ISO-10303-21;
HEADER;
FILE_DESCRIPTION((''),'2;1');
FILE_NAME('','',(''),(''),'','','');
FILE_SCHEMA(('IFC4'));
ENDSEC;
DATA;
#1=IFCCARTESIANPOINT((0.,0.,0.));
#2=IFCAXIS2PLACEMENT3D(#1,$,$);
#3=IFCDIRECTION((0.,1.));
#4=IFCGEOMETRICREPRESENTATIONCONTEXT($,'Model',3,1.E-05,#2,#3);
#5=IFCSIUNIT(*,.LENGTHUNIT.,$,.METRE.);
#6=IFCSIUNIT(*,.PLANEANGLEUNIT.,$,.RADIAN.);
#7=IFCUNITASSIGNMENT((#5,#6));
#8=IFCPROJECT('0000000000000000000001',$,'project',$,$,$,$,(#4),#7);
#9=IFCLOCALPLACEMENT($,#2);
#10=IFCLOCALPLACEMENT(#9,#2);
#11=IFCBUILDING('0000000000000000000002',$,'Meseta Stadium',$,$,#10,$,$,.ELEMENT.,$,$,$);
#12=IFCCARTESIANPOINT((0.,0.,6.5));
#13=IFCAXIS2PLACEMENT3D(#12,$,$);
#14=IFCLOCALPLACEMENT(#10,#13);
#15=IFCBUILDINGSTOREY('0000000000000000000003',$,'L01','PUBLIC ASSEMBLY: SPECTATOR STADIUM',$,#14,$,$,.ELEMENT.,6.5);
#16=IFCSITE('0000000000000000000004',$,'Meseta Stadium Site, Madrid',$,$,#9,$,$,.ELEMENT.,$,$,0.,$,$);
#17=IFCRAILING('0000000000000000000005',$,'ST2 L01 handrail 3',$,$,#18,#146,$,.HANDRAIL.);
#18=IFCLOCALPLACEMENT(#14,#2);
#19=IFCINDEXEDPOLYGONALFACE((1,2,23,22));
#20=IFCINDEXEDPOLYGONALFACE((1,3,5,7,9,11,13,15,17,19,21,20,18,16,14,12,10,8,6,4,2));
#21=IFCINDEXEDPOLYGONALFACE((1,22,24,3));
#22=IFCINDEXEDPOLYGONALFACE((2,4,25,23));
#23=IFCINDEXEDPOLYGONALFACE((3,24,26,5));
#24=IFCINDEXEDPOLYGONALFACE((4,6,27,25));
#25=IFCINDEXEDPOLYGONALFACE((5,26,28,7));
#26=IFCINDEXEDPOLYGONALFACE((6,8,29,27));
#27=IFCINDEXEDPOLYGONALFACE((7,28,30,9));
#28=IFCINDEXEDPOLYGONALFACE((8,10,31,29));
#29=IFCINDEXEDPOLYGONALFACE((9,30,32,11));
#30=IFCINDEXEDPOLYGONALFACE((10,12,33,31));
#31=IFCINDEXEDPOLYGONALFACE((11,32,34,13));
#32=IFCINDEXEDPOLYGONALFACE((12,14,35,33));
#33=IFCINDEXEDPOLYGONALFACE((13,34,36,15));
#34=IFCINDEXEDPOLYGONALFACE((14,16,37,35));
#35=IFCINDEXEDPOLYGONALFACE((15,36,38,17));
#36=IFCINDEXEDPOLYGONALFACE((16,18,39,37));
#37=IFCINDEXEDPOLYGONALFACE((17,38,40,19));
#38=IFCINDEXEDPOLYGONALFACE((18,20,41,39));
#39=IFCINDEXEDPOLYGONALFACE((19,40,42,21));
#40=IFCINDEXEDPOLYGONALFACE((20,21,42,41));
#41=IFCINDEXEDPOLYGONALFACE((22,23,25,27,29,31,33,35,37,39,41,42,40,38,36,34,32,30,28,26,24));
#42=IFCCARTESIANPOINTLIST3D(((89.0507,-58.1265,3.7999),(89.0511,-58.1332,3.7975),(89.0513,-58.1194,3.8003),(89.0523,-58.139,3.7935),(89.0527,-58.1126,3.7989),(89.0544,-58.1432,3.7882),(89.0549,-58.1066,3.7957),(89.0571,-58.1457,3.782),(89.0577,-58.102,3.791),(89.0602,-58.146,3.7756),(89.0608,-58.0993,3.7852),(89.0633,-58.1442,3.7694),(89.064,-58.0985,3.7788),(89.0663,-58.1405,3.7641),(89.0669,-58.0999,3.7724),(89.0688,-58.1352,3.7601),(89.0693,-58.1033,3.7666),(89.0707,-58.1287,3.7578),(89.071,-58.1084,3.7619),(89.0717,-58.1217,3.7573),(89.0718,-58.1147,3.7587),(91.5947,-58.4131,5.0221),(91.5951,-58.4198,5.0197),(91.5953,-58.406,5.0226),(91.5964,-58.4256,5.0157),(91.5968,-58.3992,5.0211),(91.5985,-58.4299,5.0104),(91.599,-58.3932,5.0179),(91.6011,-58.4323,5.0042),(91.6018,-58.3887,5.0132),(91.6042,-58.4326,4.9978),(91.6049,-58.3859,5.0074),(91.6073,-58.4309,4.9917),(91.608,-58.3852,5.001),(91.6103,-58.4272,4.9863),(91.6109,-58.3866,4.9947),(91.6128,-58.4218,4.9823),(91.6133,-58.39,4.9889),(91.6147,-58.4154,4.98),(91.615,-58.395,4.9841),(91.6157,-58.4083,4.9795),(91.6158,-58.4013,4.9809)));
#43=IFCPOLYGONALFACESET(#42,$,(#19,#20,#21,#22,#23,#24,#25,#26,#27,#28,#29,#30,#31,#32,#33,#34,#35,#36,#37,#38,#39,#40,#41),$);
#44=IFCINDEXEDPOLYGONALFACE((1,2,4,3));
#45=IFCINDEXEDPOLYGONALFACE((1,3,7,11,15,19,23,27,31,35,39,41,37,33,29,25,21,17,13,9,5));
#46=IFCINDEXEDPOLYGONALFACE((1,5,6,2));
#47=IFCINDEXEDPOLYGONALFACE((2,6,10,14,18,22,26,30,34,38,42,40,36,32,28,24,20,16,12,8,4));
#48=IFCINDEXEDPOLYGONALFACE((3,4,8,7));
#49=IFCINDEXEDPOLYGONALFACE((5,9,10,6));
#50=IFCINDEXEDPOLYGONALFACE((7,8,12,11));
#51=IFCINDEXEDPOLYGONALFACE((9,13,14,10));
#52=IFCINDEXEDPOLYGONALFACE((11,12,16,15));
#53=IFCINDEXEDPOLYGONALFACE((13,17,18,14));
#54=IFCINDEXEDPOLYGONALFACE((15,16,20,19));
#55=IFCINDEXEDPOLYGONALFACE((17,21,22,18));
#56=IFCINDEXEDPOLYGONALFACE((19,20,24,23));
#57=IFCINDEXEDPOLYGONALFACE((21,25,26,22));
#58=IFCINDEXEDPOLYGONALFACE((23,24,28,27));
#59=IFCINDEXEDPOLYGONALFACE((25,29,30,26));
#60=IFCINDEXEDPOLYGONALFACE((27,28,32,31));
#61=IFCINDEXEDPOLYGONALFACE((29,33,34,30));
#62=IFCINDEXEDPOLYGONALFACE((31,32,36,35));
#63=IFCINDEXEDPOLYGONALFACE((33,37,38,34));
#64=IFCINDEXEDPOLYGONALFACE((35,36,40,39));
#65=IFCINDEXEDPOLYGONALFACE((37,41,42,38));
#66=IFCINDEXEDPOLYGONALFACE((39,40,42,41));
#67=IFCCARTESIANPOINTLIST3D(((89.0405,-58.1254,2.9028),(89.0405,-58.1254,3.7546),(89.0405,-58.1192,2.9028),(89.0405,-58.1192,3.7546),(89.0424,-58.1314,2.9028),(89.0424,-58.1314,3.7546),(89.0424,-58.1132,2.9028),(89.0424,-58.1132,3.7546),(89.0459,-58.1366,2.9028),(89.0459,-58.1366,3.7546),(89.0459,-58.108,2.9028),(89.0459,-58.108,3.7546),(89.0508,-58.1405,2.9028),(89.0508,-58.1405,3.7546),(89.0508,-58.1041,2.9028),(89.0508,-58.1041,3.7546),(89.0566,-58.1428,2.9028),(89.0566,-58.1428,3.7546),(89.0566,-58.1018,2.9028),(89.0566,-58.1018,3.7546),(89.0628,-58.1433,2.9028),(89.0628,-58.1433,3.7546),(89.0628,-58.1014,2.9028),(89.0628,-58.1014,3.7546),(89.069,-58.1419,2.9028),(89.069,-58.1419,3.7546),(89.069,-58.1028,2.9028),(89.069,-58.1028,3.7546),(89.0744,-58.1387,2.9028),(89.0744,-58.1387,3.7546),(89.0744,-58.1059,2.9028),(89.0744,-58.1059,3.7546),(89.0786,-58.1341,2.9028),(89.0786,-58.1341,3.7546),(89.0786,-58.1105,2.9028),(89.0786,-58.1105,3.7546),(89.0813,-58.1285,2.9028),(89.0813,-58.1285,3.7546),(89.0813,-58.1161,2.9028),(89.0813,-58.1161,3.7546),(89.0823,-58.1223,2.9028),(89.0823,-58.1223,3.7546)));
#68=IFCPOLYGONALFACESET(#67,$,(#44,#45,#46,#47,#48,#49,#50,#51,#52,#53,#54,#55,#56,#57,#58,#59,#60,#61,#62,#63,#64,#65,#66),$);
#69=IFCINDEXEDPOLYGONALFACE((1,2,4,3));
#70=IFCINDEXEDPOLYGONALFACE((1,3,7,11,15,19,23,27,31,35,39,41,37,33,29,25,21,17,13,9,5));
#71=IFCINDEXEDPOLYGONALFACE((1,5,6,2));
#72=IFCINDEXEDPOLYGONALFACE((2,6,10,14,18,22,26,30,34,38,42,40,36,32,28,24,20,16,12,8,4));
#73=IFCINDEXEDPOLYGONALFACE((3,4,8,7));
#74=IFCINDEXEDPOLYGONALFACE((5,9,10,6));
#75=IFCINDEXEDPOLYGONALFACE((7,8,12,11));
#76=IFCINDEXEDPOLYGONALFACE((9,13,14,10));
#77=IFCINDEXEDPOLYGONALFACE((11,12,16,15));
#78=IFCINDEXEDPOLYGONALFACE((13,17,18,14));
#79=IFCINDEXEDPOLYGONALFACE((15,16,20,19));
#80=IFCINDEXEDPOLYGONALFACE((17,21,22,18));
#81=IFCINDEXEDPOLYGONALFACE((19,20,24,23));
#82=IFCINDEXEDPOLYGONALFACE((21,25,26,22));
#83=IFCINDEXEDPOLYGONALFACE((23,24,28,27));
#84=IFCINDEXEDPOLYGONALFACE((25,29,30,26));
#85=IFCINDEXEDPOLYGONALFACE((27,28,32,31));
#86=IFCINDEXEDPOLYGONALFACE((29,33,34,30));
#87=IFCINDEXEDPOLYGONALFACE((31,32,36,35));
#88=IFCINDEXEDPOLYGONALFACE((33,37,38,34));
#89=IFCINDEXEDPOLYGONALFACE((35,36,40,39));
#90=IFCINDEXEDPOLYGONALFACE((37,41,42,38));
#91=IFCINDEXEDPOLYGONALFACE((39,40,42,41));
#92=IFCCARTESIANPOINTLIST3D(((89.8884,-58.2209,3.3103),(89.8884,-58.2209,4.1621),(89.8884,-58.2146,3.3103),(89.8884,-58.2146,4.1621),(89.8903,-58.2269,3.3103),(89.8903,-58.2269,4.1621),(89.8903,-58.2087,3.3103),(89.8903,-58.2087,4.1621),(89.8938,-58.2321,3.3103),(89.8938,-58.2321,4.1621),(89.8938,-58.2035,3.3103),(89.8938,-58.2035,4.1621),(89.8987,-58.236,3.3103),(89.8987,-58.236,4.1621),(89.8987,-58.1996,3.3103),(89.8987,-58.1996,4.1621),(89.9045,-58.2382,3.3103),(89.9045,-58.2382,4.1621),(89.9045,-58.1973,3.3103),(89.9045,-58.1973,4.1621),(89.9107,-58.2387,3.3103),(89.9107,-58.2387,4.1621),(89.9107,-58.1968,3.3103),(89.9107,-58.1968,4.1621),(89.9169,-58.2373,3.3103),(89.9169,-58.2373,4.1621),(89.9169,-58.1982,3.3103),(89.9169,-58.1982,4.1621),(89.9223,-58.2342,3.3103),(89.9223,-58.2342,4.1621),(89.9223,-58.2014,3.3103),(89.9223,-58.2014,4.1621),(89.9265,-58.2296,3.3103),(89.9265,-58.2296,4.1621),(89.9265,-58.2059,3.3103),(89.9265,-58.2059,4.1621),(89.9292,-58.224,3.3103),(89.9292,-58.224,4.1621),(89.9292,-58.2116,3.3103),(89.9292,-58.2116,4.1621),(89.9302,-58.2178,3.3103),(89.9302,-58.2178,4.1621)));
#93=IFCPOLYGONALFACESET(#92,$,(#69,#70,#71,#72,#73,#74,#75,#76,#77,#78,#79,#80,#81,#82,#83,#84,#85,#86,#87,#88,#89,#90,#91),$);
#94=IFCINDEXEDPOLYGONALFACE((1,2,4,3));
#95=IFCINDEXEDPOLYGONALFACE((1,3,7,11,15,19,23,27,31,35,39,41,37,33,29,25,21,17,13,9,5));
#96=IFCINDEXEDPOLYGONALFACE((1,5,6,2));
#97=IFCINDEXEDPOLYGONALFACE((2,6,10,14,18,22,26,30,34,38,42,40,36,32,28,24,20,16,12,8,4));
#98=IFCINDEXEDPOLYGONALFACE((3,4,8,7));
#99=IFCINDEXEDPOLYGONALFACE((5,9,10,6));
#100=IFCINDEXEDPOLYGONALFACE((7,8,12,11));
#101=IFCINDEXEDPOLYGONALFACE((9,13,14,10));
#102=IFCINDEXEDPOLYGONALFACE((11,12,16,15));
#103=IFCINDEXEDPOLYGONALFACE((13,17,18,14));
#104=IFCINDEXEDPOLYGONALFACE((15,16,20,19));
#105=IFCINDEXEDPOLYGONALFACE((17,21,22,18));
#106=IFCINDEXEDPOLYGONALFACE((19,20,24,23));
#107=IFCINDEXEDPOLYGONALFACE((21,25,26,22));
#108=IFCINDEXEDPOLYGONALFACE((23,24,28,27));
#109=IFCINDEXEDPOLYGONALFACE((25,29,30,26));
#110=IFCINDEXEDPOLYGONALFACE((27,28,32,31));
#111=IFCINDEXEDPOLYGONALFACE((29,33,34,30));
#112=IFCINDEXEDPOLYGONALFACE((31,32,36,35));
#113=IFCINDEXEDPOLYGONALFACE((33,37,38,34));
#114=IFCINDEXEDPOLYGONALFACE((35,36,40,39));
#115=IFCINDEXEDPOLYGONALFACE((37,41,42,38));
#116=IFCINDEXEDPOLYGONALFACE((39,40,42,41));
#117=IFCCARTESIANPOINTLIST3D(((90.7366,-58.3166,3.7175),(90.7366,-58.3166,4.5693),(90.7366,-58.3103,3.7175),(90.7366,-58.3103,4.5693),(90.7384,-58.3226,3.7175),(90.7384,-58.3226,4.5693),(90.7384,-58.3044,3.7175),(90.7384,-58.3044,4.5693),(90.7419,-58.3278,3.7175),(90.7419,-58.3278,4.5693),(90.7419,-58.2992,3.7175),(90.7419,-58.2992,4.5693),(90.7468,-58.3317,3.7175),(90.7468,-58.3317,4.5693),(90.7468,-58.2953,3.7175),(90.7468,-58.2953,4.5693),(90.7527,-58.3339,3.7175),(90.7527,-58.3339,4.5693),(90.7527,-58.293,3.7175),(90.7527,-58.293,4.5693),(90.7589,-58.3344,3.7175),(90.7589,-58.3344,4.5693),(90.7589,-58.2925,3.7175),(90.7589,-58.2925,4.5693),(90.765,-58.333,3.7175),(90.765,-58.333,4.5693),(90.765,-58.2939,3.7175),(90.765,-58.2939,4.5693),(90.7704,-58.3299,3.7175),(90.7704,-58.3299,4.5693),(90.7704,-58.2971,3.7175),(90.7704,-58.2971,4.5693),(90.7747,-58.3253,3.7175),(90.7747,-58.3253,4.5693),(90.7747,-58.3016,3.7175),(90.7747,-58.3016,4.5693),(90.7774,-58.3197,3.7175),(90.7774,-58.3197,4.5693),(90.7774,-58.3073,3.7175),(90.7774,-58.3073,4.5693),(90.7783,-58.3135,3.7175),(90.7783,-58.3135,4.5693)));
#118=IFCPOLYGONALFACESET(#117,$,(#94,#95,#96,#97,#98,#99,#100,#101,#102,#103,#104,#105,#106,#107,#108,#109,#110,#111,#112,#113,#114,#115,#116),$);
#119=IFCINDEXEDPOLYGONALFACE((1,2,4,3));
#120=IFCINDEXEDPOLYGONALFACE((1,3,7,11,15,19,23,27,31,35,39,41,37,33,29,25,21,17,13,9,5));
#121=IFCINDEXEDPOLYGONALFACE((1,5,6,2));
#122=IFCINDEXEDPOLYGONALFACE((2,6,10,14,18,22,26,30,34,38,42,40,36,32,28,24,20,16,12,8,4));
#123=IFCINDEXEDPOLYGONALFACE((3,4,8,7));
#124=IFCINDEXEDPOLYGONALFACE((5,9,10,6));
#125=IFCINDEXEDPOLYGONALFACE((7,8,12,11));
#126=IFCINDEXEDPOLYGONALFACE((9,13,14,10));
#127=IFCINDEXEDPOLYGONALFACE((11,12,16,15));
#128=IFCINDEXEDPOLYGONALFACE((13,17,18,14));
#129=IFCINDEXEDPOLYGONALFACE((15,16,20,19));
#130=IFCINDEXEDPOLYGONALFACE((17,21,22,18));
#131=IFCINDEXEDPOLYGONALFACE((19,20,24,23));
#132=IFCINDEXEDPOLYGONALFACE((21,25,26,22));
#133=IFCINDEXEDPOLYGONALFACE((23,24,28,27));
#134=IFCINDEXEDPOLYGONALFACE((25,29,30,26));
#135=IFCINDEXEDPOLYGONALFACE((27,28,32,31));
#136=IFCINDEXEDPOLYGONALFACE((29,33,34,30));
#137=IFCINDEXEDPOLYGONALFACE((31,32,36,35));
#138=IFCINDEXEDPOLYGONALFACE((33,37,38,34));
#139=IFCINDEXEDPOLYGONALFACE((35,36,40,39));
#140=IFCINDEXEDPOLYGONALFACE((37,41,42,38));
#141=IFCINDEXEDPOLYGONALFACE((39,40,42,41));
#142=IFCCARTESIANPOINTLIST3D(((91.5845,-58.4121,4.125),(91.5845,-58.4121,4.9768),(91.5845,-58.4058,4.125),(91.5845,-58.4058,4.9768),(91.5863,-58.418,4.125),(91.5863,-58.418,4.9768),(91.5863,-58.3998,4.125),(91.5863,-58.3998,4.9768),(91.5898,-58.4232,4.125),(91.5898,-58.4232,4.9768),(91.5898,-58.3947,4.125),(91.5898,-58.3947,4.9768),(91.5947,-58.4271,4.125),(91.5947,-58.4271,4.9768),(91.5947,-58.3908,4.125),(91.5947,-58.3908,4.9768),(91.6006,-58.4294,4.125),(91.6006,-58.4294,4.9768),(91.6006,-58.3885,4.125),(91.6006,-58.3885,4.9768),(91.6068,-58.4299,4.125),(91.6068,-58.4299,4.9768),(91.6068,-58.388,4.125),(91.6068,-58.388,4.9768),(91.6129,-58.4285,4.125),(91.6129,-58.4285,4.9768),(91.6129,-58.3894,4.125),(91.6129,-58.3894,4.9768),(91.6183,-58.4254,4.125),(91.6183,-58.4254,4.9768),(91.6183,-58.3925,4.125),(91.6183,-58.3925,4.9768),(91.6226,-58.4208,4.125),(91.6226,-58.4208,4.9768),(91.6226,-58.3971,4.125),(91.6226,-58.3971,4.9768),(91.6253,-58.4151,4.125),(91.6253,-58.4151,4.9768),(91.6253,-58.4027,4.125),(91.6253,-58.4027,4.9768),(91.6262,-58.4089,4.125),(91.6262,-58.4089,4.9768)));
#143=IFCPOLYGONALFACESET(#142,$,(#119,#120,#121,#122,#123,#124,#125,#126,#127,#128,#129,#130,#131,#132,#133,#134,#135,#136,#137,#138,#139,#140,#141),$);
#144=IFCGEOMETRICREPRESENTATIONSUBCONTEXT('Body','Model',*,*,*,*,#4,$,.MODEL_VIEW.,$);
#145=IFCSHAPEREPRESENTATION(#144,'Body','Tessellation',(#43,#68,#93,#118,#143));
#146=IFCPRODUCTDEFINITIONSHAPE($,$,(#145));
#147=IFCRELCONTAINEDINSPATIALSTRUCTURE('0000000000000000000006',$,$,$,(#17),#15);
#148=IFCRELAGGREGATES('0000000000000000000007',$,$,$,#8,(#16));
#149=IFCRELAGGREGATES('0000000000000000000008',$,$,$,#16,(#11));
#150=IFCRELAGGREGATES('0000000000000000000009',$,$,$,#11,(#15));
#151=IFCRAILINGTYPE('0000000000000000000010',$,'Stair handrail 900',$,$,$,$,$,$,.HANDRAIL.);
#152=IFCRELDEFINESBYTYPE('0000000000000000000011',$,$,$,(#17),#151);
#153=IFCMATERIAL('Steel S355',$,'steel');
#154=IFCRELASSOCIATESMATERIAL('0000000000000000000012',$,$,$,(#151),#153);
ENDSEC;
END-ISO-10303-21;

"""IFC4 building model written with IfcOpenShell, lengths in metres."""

from ifc_helpers import new_model, si_unit, direction, frame, origin, origin_2d, place, context, subcontext, project, spatial, circle, extrude, material, type_object, element, save


model = new_model("IFC4")

# Units and contexts
model_context = context("Model", 3, precision=1e-05, world=origin(), true_north=direction((0.0, 1.0)))
body_context = subcontext(model_context, "Body", "Model", "MODEL_VIEW")
ifc_project = project(units=[si_unit("LENGTHUNIT", "METRE"), si_unit("PLANEANGLEUNIT", "RADIAN")], contexts=[model_context])

# Site, building, storey
site_placement = place(None, origin())
site = spatial("IfcSite", under=ifc_project, at=site_placement, Name="Meseta Stadium Site, Madrid", CompositionType="ELEMENT", RefElevation=0.0)
building_placement = place(site_placement, origin())
building = spatial("IfcBuilding", under=site, at=building_placement, Name="Meseta Stadium", CompositionType="ELEMENT")
storey_placement = place(building_placement, frame((0.0, 0.0, 6.5)))
storey = spatial("IfcBuildingStorey", under=building, at=storey_placement, Name="L01", Description="PUBLIC ASSEMBLY: SPECTATOR STADIUM", CompositionType="ELEMENT", Elevation=6.5)

# Railing
ifc_material_1 = material(Name="Steel S355", Category="steel")
railing_type_1 = type_object("IfcRailingType", Name="Stair handrail 900", PredefinedType="HANDRAIL", material=ifc_material_1)
for number, where, name in (
    (1, (89.0613, -58.1223, 2.9028), "ST2 L01 handrail 3"),
):
    element("IfcRailing", number, at=place(storey_placement, frame(where)), inside=storey, type_object=railing_type_1, Name=name, PredefinedType="HANDRAIL", context=body_context, shape_type="SweptSolid", body=[
        extrude(circle(Radius=0.0239, at=origin_2d()), frame((0.0, 0.0, 0.876), z_axis=(0.896762, -0.101036, 0.430824), x_axis=(0.11196, 0.993713, 0.0)), (0.0, 0.0, 1.0), 2.8369),
        extrude(circle(Radius=0.021, at=origin_2d()), origin(), (0.0, 0.0, 1.0), 0.8518),
        extrude(circle(Radius=0.021, at=origin_2d()), frame((0.8479, -0.0955, 0.4075)), (0.0, 0.0, 1.0), 0.8518),
        extrude(circle(Radius=0.021, at=origin_2d()), frame((1.696, -0.1912, 0.8147)), (0.0, 0.0, 1.0), 0.8518),
        extrude(circle(Radius=0.021, at=origin_2d()), frame((2.5439, -0.2866, 1.2222)), (0.0, 0.0, 1.0), 0.8518),
    ])

save(model, "model.ifc")
